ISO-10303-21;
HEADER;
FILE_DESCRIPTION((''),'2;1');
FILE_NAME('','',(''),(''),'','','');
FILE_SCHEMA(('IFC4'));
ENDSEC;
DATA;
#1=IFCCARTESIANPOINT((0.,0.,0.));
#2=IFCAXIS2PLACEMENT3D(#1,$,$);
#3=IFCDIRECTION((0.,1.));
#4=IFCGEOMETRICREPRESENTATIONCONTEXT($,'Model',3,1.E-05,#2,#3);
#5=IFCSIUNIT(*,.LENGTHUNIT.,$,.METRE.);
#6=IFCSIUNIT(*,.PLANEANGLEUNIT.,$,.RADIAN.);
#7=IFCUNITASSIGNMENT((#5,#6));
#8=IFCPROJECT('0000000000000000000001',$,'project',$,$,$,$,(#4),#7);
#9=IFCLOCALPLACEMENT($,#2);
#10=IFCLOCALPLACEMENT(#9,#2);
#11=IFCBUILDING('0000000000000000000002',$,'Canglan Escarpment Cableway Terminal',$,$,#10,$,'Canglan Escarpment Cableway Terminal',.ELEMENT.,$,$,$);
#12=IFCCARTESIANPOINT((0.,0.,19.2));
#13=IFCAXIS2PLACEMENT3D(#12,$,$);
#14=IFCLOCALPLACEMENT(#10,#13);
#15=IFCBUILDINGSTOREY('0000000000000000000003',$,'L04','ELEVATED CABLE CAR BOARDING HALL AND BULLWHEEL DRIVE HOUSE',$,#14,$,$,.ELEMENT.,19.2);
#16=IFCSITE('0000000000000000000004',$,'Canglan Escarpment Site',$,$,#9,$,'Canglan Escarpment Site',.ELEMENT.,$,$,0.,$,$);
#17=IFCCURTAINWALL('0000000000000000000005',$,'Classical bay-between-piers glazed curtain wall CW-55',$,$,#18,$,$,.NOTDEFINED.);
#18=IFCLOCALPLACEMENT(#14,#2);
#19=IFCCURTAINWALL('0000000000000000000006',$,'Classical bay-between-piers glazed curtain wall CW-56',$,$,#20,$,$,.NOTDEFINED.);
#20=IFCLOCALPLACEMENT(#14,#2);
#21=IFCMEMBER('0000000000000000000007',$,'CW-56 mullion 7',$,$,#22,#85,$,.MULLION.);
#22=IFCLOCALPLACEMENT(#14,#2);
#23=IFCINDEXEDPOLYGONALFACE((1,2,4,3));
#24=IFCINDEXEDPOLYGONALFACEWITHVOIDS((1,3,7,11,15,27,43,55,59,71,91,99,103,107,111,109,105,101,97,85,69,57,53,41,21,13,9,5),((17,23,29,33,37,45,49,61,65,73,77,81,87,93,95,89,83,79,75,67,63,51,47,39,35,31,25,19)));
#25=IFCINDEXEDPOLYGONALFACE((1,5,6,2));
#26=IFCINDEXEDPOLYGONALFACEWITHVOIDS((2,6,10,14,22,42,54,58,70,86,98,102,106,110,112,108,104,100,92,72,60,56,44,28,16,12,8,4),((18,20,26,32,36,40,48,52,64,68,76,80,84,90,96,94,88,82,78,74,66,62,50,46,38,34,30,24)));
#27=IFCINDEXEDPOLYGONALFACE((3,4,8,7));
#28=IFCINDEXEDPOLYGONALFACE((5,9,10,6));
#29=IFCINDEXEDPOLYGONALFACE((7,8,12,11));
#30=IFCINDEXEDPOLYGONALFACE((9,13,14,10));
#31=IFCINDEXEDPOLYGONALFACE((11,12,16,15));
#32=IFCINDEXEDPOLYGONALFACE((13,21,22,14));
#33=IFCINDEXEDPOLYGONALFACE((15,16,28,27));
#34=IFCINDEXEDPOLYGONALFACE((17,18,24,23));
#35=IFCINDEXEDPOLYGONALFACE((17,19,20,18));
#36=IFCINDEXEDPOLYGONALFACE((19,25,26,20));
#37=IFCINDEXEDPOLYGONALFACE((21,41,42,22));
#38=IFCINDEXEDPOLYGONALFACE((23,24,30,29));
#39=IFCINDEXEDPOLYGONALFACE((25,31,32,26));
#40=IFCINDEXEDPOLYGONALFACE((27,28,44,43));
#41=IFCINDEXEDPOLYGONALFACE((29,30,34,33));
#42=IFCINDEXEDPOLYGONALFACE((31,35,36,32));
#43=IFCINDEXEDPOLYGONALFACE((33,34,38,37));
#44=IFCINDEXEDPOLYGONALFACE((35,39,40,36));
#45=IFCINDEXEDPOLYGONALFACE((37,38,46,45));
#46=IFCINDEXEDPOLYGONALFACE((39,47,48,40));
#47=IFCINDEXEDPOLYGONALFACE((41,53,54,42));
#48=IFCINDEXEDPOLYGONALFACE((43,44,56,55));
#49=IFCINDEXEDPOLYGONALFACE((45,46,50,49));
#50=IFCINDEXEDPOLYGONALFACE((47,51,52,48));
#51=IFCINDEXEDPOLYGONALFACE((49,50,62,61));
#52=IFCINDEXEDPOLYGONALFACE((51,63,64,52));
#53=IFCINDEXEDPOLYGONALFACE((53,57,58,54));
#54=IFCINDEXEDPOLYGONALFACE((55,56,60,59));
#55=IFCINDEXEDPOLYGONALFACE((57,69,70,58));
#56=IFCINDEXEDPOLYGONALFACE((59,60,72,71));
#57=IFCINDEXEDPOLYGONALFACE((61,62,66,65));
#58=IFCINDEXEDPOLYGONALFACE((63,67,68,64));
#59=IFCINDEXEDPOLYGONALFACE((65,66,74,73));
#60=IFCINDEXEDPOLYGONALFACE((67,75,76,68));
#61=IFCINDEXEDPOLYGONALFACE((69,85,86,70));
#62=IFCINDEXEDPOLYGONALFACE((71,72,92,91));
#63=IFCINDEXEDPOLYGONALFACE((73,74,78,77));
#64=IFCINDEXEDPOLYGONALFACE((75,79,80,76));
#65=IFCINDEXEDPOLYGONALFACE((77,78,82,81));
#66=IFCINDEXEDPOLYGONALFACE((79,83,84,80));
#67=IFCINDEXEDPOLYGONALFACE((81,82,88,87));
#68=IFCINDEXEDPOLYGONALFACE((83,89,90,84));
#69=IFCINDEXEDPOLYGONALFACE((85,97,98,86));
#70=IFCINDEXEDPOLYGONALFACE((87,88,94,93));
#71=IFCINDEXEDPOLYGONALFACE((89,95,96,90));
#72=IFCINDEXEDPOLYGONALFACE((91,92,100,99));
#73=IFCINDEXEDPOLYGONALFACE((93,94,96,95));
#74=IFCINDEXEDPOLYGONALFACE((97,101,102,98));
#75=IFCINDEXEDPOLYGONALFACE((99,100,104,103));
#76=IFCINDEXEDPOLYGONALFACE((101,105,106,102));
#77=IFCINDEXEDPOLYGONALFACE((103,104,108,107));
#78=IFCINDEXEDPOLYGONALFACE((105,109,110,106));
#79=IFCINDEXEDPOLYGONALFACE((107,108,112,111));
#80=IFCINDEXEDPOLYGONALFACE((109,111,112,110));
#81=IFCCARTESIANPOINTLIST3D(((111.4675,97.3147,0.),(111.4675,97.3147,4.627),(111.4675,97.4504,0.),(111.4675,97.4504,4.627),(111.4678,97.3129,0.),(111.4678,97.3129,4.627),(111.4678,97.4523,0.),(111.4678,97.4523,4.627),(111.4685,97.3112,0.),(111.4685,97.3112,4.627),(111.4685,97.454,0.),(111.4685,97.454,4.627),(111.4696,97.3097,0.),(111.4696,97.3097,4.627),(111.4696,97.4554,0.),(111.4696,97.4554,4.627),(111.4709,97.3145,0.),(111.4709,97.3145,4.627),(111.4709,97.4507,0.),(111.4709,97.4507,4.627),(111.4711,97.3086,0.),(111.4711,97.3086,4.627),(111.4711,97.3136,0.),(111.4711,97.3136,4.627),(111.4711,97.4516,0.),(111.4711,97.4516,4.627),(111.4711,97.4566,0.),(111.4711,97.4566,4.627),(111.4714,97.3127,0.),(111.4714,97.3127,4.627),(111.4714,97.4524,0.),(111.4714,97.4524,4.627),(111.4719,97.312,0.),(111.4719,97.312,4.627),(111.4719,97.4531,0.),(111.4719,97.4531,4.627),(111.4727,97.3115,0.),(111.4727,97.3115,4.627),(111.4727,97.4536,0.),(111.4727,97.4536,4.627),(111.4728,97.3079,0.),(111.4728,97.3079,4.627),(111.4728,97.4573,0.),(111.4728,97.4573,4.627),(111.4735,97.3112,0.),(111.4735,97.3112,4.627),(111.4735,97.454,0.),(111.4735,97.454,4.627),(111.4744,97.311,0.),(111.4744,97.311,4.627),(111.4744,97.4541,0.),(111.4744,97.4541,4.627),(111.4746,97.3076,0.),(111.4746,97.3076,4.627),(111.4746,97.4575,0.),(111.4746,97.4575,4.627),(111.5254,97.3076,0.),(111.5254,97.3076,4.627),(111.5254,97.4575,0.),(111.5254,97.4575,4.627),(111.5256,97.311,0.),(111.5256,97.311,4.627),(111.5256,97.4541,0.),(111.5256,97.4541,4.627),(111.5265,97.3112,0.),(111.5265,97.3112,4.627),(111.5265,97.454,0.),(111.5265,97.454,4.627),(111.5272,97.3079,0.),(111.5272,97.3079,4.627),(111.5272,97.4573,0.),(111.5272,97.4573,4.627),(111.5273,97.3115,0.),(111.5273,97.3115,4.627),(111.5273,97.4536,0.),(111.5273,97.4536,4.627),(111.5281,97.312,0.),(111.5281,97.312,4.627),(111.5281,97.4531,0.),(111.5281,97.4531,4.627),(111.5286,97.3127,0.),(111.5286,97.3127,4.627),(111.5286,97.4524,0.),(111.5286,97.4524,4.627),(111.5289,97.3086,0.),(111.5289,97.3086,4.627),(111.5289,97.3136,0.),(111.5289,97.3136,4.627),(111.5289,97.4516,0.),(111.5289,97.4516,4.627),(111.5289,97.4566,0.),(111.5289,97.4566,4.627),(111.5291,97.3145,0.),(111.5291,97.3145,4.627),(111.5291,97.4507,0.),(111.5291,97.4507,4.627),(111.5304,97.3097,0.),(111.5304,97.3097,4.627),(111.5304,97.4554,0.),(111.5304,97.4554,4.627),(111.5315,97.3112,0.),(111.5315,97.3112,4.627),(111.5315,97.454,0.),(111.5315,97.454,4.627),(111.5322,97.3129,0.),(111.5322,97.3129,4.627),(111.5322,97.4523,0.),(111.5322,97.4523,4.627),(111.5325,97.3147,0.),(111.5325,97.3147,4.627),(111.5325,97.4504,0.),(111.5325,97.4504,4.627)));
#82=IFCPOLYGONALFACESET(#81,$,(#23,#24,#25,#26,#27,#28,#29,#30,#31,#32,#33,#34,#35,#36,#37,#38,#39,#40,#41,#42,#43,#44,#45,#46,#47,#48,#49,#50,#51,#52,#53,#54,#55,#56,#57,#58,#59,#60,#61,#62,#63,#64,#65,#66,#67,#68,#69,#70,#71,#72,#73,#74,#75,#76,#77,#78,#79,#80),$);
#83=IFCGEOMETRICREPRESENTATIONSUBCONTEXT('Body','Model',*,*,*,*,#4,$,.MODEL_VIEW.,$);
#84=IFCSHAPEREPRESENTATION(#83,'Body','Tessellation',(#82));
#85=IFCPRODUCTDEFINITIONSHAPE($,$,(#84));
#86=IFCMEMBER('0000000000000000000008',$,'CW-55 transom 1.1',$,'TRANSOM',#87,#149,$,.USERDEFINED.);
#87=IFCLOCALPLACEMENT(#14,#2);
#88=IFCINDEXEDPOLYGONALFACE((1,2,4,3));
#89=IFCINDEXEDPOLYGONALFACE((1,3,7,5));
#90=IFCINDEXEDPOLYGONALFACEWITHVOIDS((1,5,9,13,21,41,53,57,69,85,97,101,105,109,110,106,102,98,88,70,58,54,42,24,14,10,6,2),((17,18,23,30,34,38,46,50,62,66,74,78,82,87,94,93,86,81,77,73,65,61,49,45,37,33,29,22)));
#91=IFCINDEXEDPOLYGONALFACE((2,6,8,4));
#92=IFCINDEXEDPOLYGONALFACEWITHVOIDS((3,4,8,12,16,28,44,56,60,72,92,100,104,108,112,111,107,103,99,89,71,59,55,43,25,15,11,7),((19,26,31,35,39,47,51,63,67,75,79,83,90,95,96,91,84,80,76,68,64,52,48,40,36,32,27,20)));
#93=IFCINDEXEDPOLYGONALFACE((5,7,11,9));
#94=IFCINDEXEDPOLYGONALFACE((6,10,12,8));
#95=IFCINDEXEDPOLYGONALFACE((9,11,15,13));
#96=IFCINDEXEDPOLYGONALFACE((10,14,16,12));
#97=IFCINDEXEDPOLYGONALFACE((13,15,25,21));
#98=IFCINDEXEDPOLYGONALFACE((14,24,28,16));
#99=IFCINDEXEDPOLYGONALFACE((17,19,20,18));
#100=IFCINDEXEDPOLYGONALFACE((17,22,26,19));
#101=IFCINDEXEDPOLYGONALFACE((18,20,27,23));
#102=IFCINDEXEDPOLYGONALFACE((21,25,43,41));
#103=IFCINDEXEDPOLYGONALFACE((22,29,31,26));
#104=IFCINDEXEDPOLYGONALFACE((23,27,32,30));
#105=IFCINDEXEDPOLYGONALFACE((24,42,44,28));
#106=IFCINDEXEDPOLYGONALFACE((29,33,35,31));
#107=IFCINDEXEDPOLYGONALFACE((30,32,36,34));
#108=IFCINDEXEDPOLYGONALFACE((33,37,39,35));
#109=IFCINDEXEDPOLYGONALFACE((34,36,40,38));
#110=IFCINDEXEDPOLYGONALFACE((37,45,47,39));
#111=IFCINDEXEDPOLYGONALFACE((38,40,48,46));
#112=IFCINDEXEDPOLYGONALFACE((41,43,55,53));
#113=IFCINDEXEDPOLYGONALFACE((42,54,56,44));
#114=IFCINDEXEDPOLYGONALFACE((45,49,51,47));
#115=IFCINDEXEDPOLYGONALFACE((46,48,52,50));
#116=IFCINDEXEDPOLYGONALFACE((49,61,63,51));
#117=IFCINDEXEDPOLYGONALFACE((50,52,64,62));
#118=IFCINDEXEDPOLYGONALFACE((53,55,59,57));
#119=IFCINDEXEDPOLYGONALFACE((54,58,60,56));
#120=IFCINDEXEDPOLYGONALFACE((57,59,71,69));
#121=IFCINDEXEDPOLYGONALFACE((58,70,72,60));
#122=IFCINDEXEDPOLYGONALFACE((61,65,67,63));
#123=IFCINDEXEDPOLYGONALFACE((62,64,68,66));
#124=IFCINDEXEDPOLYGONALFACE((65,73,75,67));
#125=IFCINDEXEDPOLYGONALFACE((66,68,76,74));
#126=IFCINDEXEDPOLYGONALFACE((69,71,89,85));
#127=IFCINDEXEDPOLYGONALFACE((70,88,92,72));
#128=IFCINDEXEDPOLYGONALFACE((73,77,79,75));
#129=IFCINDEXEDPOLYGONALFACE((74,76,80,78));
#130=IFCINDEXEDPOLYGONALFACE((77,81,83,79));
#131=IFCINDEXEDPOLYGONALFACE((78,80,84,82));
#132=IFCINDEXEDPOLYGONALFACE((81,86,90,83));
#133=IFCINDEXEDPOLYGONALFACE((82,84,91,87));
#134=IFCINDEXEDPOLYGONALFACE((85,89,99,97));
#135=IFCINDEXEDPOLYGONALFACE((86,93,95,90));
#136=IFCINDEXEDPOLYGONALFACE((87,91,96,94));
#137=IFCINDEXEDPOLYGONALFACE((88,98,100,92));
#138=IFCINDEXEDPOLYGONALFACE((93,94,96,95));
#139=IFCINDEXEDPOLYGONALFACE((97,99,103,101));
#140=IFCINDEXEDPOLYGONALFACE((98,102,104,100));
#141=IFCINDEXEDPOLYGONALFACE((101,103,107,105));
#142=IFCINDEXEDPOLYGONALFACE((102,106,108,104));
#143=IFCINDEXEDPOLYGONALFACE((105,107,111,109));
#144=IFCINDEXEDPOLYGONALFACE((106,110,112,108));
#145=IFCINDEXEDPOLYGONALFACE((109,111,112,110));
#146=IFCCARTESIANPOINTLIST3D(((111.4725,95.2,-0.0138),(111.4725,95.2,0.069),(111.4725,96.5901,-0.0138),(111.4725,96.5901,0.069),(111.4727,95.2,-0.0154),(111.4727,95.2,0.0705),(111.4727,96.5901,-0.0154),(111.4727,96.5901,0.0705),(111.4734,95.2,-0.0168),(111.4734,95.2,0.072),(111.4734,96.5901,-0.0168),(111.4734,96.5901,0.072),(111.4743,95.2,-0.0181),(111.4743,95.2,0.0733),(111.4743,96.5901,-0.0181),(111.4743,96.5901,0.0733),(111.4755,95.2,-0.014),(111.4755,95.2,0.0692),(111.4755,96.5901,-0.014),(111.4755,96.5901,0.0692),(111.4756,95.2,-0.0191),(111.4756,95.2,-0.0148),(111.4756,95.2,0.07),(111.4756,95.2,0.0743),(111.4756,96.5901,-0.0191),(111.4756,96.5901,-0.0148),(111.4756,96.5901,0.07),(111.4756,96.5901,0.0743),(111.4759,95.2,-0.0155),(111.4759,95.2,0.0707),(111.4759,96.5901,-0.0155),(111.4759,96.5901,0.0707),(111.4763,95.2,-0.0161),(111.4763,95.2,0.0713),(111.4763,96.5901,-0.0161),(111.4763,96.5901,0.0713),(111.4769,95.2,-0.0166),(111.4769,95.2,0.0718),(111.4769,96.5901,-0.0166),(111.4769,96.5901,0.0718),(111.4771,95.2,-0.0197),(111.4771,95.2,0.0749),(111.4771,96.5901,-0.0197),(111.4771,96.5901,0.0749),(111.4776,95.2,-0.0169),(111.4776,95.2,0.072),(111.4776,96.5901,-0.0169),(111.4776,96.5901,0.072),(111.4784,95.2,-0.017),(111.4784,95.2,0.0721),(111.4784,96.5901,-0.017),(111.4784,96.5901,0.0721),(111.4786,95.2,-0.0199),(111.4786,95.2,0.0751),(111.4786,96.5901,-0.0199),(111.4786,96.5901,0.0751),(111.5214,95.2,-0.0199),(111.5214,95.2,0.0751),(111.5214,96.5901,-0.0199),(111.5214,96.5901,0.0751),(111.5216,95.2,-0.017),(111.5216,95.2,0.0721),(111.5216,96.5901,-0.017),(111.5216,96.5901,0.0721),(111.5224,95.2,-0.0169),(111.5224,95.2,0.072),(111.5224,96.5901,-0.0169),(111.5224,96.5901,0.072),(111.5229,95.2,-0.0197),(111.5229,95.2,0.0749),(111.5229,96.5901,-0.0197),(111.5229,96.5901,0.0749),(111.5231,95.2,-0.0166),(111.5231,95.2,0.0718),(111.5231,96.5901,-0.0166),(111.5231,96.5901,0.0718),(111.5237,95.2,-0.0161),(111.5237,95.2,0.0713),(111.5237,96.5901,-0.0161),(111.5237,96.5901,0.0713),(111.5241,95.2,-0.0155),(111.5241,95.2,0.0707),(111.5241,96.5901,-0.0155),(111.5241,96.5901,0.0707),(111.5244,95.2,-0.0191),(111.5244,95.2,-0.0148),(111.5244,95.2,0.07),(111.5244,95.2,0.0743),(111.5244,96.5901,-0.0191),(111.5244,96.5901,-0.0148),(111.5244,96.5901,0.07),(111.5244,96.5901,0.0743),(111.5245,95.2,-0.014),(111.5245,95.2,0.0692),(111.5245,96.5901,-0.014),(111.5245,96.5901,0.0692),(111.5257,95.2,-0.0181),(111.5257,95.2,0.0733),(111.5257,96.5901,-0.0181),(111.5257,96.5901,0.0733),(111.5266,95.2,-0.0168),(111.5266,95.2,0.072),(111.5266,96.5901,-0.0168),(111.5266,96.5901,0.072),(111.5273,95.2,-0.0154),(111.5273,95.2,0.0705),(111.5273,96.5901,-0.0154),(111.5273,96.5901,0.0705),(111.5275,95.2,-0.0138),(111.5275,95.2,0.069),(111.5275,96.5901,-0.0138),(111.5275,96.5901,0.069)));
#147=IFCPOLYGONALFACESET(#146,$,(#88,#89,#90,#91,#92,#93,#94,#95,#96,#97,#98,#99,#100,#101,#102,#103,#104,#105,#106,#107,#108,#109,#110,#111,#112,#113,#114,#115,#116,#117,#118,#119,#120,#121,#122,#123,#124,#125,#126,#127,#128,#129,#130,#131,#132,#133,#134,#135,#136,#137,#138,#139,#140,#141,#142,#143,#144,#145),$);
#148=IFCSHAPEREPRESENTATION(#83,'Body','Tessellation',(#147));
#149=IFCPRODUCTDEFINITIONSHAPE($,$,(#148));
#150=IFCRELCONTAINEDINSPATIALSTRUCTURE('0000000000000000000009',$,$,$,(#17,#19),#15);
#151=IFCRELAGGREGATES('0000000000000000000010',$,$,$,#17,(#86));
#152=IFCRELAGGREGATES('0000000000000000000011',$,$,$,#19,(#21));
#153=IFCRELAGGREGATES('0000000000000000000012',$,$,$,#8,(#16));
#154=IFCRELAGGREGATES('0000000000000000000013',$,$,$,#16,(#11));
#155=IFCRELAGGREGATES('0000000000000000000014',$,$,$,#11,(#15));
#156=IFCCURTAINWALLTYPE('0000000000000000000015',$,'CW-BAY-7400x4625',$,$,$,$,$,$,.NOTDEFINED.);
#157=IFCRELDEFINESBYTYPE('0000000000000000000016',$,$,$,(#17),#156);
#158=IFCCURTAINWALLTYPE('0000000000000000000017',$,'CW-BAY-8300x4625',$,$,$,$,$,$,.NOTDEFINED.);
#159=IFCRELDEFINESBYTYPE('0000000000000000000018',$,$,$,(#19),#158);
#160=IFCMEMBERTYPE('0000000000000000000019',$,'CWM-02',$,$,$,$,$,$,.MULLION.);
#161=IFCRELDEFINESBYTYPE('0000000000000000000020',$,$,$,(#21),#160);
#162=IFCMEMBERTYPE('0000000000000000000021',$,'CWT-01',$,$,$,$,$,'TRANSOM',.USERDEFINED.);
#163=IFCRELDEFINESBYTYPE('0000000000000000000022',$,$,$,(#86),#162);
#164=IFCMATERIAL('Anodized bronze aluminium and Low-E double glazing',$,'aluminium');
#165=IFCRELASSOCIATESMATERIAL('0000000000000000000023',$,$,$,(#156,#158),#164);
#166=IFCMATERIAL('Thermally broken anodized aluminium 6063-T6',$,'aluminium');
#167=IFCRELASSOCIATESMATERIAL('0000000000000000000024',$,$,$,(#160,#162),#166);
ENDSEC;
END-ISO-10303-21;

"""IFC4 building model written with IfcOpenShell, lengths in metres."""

from ifc_helpers import new_model, si_unit, direction, frame, origin, origin_2d, place, context, subcontext, project, spatial, hollow_rectangle, extrude, material, material_profile, profile_set, type_object, element, aggregate, save


model = new_model("IFC4")

# Units and contexts
model_context = context("Model", 3, precision=1e-05, world=origin(), true_north=direction((0.0, 1.0)))
body_context = subcontext(model_context, "Body", "Model", "MODEL_VIEW")
ifc_project = project(units=[si_unit("LENGTHUNIT", "METRE"), si_unit("PLANEANGLEUNIT", "RADIAN")], contexts=[model_context])

# Site, building, storey
site_placement = place(None, origin())
site = spatial("IfcSite", under=ifc_project, at=site_placement, Name="Canglan Escarpment Site", LongName="Canglan Escarpment Site", CompositionType="ELEMENT", RefElevation=0.0)
building_placement = place(site_placement, origin())
building = spatial("IfcBuilding", under=site, at=building_placement, Name="Canglan Escarpment Cableway Terminal", LongName="Canglan Escarpment Cableway Terminal", CompositionType="ELEMENT")
storey_placement = place(building_placement, frame((0.0, 0.0, 19.2)))
storey = spatial("IfcBuildingStorey", under=building, at=storey_placement, Name="L04", Description="ELEVATED CABLE CAR BOARDING HALL AND BULLWHEEL DRIVE HOUSE", CompositionType="ELEMENT", Elevation=19.2)

# Curtain walls, member
ifc_material_1 = material(Name="Anodized bronze aluminium and Low-E double glazing", Category="aluminium")
curtain_wall_type_1 = type_object("IfcCurtainWallType", Name="CW-BAY-7400x4625", PredefinedType="NOTDEFINED", material=ifc_material_1)
curtain_wall_1_placement = place(storey_placement, origin())
curtain_wall_1 = element("IfcCurtainWall", 1, at=curtain_wall_1_placement, inside=storey, type_object=curtain_wall_type_1, Name="Classical bay-between-piers glazed curtain wall CW-55", PredefinedType="NOTDEFINED")
ifc_material_2 = material(Name="Thermally broken anodized aluminium 6063-T6", Category="aluminium")
curtain_wall_type_2 = type_object("IfcCurtainWallType", Name="CW-BAY-8300x4625", PredefinedType="NOTDEFINED", material=ifc_material_1)
curtain_wall_2_placement = place(storey_placement, origin())
curtain_wall_2 = element("IfcCurtainWall", 2, at=curtain_wall_2_placement, inside=storey, type_object=curtain_wall_type_2, Name="Classical bay-between-piers glazed curtain wall CW-56", PredefinedType="NOTDEFINED")
ifc_material_profile_1 = material_profile(ifc_material_2, hollow_rectangle(XDim=0.0649, YDim=0.1499, WallThickness=0.0034, InnerFilletRadius=0.0034, OuterFilletRadius=0.0071, at=origin_2d()), Name="ALU-MULL 65x150x3.5")
ifc_profile_set_1 = profile_set([ifc_material_profile_1], Name="Thermally broken anodized aluminium 6063-T6")
member_type_1 = type_object("IfcMemberType", Name="CWM-02", PredefinedType="MULLION", material=ifc_profile_set_1)
member_1_placement = place(storey_placement, frame((111.5, 97.3826, 0.0), z_axis=(0.0, 0.0, 1.0), x_axis=(1.0, 0.0, 0.0)))
member_1 = element("IfcMember", 3, at=member_1_placement, type_object=member_type_1, Name="CW-56 mullion 7", PredefinedType="MULLION", context=body_context, shape_type="SweptSolid", body=[
    extrude(hollow_rectangle(XDim=0.0649, YDim=0.1499, WallThickness=0.0034, InnerFilletRadius=0.0034, OuterFilletRadius=0.0071, at=origin_2d()), origin(), (0.0, 0.0, 1.0), 4.627),
])

# Member
ifc_material_profile_2 = material_profile(ifc_material_2, hollow_rectangle(XDim=0.0549, YDim=0.095, WallThickness=0.0029, InnerFilletRadius=0.0029, OuterFilletRadius=0.0061, at=origin_2d()), Name="ALU-TRAN 55x95x3")
ifc_profile_set_2 = profile_set([ifc_material_profile_2], Name="Thermally broken anodized aluminium 6063-T6")
member_type_2 = type_object("IfcMemberType", Name="CWT-01", ElementType="TRANSOM", PredefinedType="USERDEFINED", material=ifc_profile_set_2)
member_2_placement = place(storey_placement, frame((111.5, 96.5901, 0.0276), z_axis=(0.0, -1.0, 0.0), x_axis=(1.0, 0.0, 0.0)))
member_2 = element("IfcMember", 4, at=member_2_placement, type_object=member_type_2, Name="CW-55 transom 1.1", ObjectType="TRANSOM", PredefinedType="USERDEFINED", context=body_context, shape_type="SweptSolid", body=[
    extrude(hollow_rectangle(XDim=0.0549, YDim=0.095, WallThickness=0.0029, InnerFilletRadius=0.0029, OuterFilletRadius=0.0061, at=origin_2d()), origin(), (0.0, 0.0, 1.0), 1.3901),
])

aggregate(curtain_wall_1, [member_2])
aggregate(curtain_wall_2, [member_1])

save(model, "model.ifc")
